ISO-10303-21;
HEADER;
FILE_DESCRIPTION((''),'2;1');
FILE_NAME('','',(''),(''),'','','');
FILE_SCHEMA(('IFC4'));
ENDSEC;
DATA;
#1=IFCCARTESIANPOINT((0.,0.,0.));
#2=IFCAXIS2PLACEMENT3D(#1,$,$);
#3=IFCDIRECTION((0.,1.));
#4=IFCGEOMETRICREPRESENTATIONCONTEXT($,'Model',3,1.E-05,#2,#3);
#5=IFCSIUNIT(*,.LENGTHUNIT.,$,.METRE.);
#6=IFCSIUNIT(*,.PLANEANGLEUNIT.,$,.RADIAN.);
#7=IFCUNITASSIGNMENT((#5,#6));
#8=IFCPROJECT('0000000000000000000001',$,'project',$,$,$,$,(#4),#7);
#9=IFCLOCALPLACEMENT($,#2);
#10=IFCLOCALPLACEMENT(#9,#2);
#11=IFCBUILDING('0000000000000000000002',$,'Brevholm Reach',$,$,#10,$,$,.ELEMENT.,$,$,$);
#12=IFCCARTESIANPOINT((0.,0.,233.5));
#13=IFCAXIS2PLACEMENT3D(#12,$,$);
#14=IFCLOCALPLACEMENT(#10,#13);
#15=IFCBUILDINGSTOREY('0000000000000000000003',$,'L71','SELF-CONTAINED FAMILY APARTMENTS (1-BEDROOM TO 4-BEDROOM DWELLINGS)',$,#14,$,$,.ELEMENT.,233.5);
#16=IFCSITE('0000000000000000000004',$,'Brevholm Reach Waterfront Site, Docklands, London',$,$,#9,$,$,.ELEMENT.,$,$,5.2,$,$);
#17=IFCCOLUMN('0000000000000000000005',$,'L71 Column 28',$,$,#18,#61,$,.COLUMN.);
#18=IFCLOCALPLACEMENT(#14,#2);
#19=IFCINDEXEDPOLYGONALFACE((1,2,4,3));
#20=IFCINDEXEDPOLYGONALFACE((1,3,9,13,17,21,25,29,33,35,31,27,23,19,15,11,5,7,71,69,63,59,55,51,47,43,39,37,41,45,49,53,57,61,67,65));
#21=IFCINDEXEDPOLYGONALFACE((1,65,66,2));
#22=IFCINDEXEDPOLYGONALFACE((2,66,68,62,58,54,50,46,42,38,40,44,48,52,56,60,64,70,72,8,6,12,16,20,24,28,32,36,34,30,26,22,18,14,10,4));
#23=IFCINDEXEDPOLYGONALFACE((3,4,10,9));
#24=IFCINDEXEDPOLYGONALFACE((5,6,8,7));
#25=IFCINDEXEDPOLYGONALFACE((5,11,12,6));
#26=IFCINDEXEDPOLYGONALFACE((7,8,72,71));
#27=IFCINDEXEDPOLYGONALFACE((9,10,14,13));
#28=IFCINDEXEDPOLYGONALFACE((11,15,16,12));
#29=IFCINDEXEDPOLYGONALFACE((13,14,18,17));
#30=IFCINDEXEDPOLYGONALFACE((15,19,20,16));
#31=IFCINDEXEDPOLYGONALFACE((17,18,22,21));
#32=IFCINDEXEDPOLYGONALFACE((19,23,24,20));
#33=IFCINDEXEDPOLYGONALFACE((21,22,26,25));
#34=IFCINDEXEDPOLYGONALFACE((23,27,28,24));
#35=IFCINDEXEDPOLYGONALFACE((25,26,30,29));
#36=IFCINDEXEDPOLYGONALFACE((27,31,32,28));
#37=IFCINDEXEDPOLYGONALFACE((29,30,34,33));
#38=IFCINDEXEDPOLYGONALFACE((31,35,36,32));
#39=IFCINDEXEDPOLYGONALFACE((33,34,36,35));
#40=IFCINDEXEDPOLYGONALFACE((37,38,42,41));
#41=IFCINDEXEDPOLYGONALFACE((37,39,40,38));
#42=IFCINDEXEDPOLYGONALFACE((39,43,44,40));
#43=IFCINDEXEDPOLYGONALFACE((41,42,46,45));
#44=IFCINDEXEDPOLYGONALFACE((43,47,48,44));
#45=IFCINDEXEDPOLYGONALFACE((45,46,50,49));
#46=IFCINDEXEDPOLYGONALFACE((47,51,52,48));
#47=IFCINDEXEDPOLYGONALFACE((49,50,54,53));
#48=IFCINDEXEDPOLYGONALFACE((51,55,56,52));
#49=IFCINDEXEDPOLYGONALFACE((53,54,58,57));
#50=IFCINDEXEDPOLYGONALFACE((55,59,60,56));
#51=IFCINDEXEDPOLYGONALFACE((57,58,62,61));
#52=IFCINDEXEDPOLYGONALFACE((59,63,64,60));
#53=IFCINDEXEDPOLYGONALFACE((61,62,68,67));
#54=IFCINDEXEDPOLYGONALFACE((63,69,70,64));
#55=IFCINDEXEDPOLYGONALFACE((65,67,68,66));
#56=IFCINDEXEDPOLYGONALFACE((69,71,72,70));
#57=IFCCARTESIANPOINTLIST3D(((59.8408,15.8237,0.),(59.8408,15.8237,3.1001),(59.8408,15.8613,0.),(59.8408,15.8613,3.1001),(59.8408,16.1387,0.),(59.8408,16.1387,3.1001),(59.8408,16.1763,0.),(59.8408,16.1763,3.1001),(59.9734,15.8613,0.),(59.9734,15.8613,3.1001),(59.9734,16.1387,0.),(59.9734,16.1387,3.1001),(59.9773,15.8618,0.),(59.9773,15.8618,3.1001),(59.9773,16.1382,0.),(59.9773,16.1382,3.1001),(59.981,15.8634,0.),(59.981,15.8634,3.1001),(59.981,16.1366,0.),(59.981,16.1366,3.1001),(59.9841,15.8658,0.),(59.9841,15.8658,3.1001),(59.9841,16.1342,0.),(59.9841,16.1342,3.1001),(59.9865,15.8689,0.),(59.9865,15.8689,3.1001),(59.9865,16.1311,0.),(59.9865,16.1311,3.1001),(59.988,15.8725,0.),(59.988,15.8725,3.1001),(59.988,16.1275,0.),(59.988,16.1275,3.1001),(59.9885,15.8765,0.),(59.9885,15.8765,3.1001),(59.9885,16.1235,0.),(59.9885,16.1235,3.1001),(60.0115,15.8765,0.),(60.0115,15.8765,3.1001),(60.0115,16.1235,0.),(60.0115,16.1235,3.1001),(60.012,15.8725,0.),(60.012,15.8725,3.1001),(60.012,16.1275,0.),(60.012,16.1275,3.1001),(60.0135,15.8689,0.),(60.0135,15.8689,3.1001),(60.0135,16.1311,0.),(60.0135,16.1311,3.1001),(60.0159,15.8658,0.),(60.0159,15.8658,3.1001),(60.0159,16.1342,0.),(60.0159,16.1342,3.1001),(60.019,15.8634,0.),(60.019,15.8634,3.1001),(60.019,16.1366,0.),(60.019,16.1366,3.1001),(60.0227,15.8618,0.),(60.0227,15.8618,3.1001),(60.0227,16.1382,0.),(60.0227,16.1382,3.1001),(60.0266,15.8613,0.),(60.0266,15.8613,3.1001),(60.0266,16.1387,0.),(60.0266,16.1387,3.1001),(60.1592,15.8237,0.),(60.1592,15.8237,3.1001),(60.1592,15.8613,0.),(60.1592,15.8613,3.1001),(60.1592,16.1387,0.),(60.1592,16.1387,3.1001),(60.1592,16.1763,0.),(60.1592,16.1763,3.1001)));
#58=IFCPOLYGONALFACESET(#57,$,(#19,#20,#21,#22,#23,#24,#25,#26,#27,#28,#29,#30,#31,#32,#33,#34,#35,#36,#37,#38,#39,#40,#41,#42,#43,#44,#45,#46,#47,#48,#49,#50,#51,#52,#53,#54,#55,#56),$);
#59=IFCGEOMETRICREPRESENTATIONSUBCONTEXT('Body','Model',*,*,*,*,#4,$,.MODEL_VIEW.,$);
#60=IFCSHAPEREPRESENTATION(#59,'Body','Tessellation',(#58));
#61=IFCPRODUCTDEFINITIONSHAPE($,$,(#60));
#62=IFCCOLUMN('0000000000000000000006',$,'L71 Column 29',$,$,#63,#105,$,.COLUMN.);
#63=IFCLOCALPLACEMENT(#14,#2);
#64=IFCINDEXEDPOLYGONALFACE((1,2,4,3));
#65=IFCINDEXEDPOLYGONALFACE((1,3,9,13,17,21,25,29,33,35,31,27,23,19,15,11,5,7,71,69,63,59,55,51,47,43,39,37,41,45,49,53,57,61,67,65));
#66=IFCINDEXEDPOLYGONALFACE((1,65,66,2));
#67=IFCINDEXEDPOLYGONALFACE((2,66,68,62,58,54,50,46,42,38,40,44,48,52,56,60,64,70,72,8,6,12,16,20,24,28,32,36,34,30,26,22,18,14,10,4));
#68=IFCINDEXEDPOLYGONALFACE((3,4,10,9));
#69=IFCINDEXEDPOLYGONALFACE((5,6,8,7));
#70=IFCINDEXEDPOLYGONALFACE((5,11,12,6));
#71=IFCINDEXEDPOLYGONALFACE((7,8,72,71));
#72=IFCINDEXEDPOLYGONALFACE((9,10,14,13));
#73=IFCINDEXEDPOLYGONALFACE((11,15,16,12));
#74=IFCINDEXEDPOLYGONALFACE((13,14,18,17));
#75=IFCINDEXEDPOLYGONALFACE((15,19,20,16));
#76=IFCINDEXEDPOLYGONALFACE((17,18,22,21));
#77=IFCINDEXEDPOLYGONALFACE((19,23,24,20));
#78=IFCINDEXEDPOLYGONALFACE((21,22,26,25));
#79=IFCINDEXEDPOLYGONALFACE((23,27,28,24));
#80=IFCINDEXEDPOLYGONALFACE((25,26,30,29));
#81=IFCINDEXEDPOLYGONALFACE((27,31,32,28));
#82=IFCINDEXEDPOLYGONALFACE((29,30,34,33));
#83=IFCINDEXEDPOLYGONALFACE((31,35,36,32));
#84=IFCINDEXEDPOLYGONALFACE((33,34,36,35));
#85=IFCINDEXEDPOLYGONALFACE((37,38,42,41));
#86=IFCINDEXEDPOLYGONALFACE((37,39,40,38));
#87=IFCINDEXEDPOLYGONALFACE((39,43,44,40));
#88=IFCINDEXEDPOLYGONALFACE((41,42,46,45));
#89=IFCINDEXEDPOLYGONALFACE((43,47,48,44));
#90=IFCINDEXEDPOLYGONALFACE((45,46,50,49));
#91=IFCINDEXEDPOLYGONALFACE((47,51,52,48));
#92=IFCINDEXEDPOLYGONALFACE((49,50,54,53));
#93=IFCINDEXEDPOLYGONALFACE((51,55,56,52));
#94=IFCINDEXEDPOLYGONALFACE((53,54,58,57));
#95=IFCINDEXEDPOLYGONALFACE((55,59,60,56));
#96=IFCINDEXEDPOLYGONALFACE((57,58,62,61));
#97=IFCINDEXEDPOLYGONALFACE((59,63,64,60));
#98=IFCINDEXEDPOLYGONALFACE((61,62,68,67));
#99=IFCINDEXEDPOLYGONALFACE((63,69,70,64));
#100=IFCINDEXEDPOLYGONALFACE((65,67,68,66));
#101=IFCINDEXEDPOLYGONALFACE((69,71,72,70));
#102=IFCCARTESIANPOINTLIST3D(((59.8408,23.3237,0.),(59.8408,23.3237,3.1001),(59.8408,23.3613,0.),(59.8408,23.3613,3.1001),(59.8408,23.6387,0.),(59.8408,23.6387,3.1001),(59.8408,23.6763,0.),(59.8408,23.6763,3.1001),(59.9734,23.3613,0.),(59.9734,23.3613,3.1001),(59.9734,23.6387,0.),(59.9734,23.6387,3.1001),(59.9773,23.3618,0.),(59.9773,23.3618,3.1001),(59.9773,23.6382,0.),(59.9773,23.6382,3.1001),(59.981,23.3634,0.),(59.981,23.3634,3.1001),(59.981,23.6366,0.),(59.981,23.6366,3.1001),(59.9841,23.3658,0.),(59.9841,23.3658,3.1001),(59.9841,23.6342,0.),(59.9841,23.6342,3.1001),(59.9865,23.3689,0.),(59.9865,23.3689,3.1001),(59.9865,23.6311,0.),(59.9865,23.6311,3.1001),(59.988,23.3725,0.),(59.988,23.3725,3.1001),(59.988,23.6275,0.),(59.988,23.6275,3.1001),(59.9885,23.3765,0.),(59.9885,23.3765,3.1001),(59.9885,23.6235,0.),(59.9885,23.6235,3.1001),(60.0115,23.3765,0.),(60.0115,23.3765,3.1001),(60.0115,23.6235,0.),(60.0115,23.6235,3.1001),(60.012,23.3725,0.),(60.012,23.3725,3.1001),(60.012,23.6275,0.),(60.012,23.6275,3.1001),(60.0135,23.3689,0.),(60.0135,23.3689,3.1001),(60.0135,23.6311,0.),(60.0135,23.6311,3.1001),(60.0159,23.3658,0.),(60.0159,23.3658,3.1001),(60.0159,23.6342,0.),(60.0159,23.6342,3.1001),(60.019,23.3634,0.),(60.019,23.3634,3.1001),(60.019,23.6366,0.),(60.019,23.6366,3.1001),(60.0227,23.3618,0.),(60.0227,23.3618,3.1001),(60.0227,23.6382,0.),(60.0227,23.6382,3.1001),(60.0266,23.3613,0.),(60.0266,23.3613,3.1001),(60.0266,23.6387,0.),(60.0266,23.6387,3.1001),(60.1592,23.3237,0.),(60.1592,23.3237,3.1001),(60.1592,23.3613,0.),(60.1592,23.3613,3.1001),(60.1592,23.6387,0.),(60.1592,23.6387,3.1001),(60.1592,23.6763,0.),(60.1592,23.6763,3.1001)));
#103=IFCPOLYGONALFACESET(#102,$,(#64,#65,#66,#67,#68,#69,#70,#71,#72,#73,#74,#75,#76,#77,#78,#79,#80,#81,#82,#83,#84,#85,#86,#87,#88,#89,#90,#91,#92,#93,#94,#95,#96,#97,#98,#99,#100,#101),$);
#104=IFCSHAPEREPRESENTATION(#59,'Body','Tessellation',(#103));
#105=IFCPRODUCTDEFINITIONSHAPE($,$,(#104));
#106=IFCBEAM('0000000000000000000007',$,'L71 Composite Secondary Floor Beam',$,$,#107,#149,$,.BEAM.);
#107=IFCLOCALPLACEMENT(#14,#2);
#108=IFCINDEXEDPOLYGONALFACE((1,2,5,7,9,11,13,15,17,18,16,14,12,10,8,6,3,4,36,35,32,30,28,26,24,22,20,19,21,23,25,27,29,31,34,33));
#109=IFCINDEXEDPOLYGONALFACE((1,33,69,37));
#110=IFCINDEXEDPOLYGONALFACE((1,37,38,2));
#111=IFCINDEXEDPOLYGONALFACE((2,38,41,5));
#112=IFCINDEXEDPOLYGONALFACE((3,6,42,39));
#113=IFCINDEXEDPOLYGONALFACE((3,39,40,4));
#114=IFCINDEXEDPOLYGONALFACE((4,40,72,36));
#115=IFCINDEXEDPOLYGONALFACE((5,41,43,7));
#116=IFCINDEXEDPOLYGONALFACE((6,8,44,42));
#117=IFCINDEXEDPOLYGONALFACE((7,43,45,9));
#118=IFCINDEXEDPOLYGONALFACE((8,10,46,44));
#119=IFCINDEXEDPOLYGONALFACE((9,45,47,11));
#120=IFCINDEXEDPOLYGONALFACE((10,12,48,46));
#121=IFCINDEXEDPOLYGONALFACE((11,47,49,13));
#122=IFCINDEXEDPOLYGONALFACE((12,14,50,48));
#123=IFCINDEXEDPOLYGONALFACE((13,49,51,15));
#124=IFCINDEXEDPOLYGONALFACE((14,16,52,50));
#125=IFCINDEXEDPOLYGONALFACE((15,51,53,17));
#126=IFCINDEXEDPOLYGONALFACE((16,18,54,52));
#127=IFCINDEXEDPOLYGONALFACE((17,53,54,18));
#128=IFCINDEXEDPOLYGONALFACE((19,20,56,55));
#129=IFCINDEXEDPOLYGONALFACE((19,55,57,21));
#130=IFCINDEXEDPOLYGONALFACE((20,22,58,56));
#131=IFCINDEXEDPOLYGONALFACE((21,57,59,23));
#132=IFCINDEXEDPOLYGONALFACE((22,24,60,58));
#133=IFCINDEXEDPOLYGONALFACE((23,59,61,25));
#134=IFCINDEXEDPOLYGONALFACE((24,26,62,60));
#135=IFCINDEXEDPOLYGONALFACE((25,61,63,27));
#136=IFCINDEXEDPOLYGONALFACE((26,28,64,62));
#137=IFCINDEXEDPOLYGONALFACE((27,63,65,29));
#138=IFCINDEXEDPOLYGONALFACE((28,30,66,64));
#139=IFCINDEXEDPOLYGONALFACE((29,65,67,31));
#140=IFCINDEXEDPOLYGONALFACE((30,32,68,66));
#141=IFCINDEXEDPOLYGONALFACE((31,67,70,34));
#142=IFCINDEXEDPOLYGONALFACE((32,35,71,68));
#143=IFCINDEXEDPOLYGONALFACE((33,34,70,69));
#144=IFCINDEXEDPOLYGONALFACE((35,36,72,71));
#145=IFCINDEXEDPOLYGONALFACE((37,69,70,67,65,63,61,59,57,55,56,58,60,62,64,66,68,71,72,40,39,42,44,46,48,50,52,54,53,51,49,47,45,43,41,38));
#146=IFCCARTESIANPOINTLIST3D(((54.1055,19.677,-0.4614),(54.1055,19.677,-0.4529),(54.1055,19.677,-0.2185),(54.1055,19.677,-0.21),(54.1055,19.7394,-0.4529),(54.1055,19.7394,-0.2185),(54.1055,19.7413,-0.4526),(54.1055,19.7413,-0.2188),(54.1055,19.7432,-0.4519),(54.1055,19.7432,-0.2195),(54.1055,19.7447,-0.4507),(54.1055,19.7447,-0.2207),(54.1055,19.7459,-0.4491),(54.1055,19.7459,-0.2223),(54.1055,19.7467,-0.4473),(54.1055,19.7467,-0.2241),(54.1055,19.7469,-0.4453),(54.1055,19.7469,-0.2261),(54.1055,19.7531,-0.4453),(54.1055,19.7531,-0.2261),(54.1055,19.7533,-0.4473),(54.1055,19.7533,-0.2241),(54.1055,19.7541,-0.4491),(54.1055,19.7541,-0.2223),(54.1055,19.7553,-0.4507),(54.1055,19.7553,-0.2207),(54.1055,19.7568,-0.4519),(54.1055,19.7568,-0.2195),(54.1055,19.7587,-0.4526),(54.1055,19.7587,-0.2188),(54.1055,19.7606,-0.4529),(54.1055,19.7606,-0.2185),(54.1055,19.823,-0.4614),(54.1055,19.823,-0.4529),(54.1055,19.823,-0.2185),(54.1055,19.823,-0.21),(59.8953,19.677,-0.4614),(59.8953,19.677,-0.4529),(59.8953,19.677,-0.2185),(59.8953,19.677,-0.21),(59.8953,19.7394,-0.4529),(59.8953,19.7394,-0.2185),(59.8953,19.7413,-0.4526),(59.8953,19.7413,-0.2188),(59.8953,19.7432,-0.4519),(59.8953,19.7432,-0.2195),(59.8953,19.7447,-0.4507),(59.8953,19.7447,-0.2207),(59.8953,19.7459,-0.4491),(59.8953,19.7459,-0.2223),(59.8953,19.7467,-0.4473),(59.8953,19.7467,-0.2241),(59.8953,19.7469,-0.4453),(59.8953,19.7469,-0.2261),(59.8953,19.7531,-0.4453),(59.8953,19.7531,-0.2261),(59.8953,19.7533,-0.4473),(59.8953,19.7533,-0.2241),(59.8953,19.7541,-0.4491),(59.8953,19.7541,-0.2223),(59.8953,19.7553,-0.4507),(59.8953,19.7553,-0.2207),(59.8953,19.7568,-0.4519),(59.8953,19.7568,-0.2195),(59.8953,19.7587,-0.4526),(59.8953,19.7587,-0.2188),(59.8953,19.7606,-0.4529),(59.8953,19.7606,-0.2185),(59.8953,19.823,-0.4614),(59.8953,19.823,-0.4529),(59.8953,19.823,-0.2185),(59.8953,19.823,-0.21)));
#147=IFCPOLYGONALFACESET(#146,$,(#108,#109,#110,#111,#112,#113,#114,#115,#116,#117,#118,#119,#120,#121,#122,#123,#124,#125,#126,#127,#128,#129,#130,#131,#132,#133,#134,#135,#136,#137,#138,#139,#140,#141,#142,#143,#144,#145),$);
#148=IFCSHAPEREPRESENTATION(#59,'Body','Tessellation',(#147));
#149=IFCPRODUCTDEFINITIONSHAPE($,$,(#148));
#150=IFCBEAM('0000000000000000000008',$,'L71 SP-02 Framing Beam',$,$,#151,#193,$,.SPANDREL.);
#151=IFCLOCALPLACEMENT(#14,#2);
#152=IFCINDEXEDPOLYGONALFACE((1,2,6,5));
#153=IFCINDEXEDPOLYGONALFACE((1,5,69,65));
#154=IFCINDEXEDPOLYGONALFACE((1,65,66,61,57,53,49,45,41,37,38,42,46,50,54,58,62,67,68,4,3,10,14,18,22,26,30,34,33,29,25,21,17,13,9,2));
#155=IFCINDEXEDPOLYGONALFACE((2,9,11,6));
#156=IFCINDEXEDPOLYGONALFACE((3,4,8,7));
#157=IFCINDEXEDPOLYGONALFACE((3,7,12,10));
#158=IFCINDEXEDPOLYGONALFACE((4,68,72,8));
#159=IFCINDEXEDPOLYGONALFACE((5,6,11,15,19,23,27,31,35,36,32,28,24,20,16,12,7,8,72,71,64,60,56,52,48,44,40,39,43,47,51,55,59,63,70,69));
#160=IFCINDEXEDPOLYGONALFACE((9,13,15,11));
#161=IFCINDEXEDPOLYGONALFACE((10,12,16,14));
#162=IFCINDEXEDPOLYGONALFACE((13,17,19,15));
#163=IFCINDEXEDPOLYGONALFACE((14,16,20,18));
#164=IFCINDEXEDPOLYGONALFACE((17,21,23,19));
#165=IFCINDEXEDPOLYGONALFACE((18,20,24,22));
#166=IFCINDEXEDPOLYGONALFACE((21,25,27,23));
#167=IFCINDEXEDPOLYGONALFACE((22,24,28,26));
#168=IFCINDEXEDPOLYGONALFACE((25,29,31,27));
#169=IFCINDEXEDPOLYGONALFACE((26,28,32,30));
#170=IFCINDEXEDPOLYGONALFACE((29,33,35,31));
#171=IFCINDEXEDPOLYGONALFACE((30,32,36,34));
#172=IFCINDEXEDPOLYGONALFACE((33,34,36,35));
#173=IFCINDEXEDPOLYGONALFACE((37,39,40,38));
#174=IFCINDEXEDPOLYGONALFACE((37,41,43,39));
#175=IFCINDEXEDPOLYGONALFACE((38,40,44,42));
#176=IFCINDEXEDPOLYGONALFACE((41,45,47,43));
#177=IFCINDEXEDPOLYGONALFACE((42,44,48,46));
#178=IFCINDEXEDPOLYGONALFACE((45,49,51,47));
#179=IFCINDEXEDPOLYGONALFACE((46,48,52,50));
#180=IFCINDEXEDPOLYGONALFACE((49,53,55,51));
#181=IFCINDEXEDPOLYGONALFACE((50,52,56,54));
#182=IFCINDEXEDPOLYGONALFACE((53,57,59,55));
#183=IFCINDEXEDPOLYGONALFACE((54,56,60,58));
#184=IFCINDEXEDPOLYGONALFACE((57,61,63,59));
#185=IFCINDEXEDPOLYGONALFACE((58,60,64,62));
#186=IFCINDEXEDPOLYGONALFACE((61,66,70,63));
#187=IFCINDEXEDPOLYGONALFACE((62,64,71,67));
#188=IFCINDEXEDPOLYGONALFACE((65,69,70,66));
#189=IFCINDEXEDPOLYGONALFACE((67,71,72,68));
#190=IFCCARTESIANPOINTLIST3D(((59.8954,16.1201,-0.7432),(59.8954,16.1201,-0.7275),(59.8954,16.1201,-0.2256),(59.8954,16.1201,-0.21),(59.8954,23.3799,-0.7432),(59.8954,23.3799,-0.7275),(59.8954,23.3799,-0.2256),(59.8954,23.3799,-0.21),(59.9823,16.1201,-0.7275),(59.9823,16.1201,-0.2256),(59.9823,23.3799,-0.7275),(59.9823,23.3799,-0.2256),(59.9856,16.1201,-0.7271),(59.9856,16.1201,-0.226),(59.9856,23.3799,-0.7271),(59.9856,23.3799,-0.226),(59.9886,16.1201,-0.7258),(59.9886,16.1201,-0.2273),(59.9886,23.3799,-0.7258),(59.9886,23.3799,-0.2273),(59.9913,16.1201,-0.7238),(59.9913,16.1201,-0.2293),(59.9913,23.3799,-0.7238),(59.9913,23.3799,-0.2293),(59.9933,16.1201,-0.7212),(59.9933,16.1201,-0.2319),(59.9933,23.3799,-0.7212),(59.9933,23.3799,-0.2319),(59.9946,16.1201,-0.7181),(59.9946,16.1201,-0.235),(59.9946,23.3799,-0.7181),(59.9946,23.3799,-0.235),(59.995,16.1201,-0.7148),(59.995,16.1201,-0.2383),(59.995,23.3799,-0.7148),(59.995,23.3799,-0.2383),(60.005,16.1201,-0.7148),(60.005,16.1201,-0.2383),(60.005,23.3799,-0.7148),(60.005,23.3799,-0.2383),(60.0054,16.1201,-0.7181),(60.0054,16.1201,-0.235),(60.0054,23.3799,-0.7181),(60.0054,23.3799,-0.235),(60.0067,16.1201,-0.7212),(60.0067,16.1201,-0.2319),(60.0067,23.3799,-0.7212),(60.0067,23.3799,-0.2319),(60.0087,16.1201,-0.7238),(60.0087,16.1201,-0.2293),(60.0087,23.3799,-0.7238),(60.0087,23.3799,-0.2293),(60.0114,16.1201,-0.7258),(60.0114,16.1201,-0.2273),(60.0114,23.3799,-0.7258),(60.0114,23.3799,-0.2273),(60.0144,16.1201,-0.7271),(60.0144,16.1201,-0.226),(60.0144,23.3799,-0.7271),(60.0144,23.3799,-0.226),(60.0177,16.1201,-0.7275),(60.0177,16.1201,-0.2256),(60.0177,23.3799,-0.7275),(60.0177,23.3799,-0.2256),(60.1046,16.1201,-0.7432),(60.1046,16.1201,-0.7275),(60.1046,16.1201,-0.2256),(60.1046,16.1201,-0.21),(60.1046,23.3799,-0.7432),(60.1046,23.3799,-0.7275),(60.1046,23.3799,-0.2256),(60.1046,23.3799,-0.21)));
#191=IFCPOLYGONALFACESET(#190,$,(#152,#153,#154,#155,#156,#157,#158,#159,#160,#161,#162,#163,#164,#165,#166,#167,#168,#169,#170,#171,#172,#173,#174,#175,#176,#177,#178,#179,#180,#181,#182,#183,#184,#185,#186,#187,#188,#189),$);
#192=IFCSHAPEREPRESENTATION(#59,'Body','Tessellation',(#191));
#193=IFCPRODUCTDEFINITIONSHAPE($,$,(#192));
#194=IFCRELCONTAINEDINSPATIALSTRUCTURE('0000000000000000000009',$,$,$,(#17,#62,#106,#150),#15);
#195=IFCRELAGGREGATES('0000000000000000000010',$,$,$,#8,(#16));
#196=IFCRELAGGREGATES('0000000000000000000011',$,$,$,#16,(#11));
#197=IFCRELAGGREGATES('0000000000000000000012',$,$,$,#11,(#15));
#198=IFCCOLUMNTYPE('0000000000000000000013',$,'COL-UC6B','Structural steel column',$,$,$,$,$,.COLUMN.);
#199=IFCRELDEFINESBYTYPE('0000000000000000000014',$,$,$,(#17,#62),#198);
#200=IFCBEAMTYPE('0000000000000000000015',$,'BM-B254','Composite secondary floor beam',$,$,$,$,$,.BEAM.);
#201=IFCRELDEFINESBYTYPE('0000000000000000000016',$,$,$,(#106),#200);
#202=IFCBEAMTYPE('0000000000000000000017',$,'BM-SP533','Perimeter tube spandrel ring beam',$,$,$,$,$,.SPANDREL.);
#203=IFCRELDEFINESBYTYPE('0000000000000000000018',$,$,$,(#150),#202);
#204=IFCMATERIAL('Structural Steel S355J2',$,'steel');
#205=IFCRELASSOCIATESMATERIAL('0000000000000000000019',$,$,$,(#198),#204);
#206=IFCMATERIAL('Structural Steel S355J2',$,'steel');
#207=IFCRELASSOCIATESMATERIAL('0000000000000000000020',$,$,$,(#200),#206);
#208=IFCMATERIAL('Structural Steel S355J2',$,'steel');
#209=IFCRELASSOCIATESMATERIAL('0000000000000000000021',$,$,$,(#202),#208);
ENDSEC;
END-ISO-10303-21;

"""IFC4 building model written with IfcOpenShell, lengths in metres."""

from ifc_helpers import new_model, si_unit, direction, frame, origin, origin_2d, place, context, subcontext, project, spatial, i_section, extrude, material, material_profile, profile_set, type_object, element, save


model = new_model("IFC4")

# Units and contexts
model_context = context("Model", 3, precision=1e-05, world=origin(), true_north=direction((0.0, 1.0)))
body_context = subcontext(model_context, "Body", "Model", "MODEL_VIEW")
ifc_project = project(units=[si_unit("LENGTHUNIT", "METRE"), si_unit("PLANEANGLEUNIT", "RADIAN")], contexts=[model_context])

# Site, building, storey
site_placement = place(None, origin())
site = spatial("IfcSite", under=ifc_project, at=site_placement, Name="Brevholm Reach Waterfront Site, Docklands, London", CompositionType="ELEMENT", RefElevation=5.2)
building_placement = place(site_placement, origin())
building = spatial("IfcBuilding", under=site, at=building_placement, Name="Brevholm Reach", CompositionType="ELEMENT")
storey_placement = place(building_placement, frame((0.0, 0.0, 233.5)))
storey = spatial("IfcBuildingStorey", under=building, at=storey_placement, Name="L71", Description="SELF-CONTAINED FAMILY APARTMENTS (1-BEDROOM TO 4-BEDROOM DWELLINGS)", CompositionType="ELEMENT", Elevation=233.5)

# Columns
ifc_material_1 = material(Name="Structural Steel S355J2", Category="steel")
ifc_material_profile_1 = material_profile(ifc_material_1, i_section(OverallWidth=0.3184, OverallDepth=0.3525, WebThickness=0.0229, FlangeThickness=0.0376, FilletRadius=0.0151, at=origin_2d()), Name="UKC 305x305x240")
ifc_profile_set_1 = profile_set([ifc_material_profile_1], Name="Structural Steel S355J2")
column_type = type_object("IfcColumnType", Name="COL-UC6B", Description="Structural steel column", PredefinedType="COLUMN", material=ifc_profile_set_1)
for number, where, z_axis, x_axis, name in (
    (1, (60.0, 16.0, 0.0), (0.0, 0.0, 1.0), (1.0, 0.0, 0.0), "L71 Column 28"),
    (2, (60.0, 23.5, 0.0), (0.0, 0.0, 1.0), (1.0, 0.0, 0.0), "L71 Column 29"),
):
    element("IfcColumn", number, at=place(storey_placement, frame(where, z_axis=z_axis, x_axis=x_axis)), inside=storey, type_object=column_type, Name=name, PredefinedType="COLUMN", context=body_context, shape_type="SweptSolid", body=[
        extrude(i_section(OverallWidth=0.3184, OverallDepth=0.3525, WebThickness=0.0229, FlangeThickness=0.0376, FilletRadius=0.0151, at=origin_2d()), origin(), (0.0, 0.0, 1.0), 3.1001),
    ])

# Beams
ifc_material_2 = material(Name="Structural Steel S355J2", Category="steel")
ifc_material_profile_2 = material_profile(ifc_material_2, i_section(OverallWidth=0.146, OverallDepth=0.2515, WebThickness=0.0061, FlangeThickness=0.0085, FilletRadius=0.0076, at=origin_2d()), Name="UKB 254x146x31")
ifc_profile_set_2 = profile_set([ifc_material_profile_2], Name="Structural Steel S355J2")
beam_type_1 = type_object("IfcBeamType", Name="BM-B254", Description="Composite secondary floor beam", PredefinedType="BEAM", material=ifc_profile_set_2)
beam_1_placement = place(storey_placement, frame((54.1055, 19.75, -0.3357), z_axis=(1.0, 0.0, 0.0), x_axis=(0.0, 1.0, 0.0)))
element("IfcBeam", 3, at=beam_1_placement, inside=storey, type_object=beam_type_1, Name="L71 Composite Secondary Floor Beam", PredefinedType="BEAM", context=body_context, shape_type="SweptSolid", body=[
    extrude(i_section(OverallWidth=0.146, OverallDepth=0.2515, WebThickness=0.0061, FlangeThickness=0.0085, FilletRadius=0.0076, at=origin_2d()), origin(), (0.0, 0.0, 1.0), 5.7898),
])
ifc_material_3 = material(Name="Structural Steel S355J2", Category="steel")
ifc_material_profile_3 = material_profile(ifc_material_3, i_section(OverallWidth=0.2092, OverallDepth=0.5332, WebThickness=0.01, FlangeThickness=0.0156, FilletRadius=0.0127, at=origin_2d()), Name="UKB 533x210x92")
ifc_profile_set_3 = profile_set([ifc_material_profile_3], Name="Structural Steel S355J2")
beam_type_2 = type_object("IfcBeamType", Name="BM-SP533", Description="Perimeter tube spandrel ring beam", PredefinedType="SPANDREL", material=ifc_profile_set_3)
beam_2_placement = place(storey_placement, frame((60.0, 16.1201, -0.4766), z_axis=(0.0, 1.0, 0.0), x_axis=(-1.0, 0.0, 0.0)))
element("IfcBeam", 4, at=beam_2_placement, inside=storey, type_object=beam_type_2, Name="L71 SP-02 Framing Beam", PredefinedType="SPANDREL", context=body_context, shape_type="SweptSolid", body=[
    extrude(i_section(OverallWidth=0.2092, OverallDepth=0.5332, WebThickness=0.01, FlangeThickness=0.0156, FilletRadius=0.0127, at=origin_2d()), origin(), (0.0, 0.0, 1.0), 7.2598),
])

save(model, "model.ifc")
